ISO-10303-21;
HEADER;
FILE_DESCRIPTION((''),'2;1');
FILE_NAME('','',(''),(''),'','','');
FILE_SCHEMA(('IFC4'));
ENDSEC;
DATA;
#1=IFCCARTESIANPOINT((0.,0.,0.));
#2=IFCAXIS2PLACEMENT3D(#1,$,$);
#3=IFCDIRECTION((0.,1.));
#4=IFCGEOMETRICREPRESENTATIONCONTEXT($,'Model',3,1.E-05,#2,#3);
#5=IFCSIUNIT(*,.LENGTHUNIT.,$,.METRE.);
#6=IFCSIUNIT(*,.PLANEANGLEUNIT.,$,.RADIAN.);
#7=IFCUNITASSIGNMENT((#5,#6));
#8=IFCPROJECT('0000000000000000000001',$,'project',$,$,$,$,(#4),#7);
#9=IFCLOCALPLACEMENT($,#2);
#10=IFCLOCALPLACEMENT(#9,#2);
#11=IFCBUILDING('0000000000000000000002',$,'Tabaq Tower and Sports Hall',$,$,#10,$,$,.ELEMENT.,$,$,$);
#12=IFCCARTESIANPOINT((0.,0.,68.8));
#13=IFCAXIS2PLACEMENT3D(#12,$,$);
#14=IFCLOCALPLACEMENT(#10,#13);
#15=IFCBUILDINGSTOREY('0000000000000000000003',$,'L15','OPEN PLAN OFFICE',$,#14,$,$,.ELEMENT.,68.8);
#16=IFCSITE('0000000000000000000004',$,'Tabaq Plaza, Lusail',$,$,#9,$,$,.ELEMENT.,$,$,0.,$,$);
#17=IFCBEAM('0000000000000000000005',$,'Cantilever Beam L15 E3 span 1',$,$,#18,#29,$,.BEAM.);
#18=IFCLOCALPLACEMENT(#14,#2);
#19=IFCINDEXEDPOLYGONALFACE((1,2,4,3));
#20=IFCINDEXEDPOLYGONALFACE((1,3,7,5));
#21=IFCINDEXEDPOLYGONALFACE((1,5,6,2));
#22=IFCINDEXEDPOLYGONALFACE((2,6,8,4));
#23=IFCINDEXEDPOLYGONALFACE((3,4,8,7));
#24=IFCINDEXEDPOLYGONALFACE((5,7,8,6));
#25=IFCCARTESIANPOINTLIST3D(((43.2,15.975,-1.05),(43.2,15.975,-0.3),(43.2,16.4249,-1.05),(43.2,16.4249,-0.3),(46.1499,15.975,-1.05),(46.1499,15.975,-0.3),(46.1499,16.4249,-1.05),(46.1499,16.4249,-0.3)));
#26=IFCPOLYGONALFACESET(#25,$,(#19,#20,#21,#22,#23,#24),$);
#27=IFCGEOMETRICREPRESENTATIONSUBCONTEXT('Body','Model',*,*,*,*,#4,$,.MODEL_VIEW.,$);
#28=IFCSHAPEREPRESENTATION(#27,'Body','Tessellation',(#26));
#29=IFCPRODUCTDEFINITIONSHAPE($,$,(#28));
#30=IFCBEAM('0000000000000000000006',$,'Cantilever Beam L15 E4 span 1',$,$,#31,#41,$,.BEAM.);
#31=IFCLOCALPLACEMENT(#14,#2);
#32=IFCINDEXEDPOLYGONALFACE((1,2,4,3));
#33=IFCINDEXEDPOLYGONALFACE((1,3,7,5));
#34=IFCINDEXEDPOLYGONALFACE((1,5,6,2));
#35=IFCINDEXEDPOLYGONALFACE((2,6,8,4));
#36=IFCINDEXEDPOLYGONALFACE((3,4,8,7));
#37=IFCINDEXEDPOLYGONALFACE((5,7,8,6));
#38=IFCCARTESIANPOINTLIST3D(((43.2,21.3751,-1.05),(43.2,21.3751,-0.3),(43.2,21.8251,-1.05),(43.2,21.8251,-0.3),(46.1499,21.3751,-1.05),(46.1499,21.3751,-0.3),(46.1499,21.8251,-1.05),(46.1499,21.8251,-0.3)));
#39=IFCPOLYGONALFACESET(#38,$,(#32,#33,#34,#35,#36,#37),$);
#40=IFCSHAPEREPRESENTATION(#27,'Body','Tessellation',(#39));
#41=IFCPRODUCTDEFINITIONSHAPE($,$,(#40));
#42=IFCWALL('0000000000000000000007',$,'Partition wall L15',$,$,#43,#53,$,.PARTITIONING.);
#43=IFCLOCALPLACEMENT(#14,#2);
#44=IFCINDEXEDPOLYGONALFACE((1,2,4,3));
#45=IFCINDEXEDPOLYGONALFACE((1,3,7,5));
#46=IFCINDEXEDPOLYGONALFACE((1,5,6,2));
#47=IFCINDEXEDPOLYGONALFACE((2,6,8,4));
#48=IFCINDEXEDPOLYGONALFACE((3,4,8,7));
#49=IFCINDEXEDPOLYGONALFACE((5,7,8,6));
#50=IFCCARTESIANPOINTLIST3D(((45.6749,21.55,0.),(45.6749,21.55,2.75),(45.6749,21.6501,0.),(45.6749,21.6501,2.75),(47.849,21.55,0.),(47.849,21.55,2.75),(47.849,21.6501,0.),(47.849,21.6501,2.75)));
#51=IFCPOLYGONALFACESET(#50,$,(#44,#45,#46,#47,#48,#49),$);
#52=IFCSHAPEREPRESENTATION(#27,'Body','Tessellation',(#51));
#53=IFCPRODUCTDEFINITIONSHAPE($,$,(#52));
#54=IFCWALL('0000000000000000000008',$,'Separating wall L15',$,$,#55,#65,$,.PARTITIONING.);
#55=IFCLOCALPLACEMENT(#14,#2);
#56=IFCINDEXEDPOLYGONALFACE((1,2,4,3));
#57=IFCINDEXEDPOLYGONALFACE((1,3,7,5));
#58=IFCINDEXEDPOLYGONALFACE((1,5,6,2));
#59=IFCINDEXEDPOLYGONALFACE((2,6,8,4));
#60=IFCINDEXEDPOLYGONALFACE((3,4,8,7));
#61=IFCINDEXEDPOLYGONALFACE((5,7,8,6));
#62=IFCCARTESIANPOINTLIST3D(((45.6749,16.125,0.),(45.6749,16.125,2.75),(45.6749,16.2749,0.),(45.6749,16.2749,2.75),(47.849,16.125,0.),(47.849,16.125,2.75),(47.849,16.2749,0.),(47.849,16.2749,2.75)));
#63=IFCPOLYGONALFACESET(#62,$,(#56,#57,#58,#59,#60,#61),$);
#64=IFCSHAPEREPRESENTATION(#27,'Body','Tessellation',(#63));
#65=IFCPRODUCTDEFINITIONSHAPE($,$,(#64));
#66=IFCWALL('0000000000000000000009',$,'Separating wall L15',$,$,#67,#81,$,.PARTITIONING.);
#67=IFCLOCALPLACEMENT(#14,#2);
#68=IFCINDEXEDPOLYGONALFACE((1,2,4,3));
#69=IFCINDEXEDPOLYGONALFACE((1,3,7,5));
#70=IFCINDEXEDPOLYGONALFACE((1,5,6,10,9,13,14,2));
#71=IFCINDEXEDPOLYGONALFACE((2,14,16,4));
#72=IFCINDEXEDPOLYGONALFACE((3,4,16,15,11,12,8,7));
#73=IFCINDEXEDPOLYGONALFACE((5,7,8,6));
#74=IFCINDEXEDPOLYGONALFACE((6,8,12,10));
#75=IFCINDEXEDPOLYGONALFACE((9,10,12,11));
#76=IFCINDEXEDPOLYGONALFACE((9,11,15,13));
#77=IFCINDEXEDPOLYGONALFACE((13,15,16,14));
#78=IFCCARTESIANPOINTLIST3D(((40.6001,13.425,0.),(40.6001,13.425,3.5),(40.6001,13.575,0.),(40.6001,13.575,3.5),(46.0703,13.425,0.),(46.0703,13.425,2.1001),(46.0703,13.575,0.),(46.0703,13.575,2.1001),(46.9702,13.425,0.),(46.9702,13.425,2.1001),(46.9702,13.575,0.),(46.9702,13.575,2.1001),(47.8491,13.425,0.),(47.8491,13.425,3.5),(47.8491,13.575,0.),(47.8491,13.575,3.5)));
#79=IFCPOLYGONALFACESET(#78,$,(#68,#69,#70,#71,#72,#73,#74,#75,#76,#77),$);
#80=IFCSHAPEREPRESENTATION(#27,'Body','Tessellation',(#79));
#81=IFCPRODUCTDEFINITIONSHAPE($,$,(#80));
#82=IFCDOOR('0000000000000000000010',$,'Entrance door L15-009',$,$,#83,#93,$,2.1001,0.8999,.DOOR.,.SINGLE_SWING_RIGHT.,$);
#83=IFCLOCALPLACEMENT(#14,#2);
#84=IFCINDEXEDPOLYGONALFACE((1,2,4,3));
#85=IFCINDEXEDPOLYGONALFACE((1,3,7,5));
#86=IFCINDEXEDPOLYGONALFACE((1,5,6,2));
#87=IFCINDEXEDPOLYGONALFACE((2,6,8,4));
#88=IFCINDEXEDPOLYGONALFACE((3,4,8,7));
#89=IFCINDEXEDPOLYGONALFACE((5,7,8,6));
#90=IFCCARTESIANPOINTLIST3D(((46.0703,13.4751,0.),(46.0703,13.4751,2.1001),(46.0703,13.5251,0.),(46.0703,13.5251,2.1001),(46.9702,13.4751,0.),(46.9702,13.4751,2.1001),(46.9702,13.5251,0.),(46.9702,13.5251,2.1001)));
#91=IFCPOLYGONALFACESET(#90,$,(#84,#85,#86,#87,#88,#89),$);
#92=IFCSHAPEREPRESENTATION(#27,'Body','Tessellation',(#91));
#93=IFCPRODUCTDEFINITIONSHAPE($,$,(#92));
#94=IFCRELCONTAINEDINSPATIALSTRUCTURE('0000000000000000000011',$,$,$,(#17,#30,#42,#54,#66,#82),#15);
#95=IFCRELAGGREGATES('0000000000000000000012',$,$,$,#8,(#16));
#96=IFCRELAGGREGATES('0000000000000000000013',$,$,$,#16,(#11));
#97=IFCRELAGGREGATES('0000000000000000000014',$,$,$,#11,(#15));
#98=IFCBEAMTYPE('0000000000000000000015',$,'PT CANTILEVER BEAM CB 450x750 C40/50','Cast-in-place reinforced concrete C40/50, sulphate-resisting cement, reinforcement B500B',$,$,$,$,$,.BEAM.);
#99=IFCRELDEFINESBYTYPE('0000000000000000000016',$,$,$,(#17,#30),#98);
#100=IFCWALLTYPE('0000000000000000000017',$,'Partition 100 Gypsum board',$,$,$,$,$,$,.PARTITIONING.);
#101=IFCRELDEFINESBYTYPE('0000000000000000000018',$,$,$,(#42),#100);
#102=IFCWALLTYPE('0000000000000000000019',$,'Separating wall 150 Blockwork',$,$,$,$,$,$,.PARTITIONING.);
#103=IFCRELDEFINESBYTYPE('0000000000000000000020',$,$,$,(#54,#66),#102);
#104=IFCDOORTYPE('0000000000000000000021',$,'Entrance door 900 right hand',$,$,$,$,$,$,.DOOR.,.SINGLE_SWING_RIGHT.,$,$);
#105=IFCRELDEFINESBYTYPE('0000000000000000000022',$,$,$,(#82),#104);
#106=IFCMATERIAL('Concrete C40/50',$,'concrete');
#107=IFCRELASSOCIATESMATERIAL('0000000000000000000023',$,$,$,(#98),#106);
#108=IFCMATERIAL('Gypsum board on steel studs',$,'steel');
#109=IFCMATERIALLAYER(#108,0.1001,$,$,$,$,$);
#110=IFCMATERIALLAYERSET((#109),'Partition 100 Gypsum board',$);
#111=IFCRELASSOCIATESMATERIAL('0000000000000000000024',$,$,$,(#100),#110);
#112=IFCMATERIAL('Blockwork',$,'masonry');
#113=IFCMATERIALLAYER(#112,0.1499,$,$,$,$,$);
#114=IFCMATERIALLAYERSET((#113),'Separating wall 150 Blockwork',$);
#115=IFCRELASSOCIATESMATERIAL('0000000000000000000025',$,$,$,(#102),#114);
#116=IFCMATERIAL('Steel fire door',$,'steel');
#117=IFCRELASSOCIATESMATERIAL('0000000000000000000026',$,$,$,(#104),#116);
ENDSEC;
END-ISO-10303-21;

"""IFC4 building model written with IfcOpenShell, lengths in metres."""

from ifc_helpers import new_model, si_unit, direction, frame, frame_2d, origin, origin_2d, place, context, subcontext, project, spatial, rectangle, extrude, material, layer, layer_set, material_profile, profile_set, type_object, element, fill, save


model = new_model("IFC4")

# Units and contexts
model_context = context("Model", 3, precision=1e-05, world=origin(), true_north=direction((0.0, 1.0)))
body_context = subcontext(model_context, "Body", "Model", "MODEL_VIEW")
ifc_project = project(units=[si_unit("LENGTHUNIT", "METRE"), si_unit("PLANEANGLEUNIT", "RADIAN")], contexts=[model_context])

# Site, building, storey
site_placement = place(None, origin())
site = spatial("IfcSite", under=ifc_project, at=site_placement, Name="Tabaq Plaza, Lusail", CompositionType="ELEMENT", RefElevation=0.0)
building_placement = place(site_placement, origin())
building = spatial("IfcBuilding", under=site, at=building_placement, Name="Tabaq Tower and Sports Hall", CompositionType="ELEMENT")
storey_placement = place(building_placement, frame((0.0, 0.0, 68.8)))
storey = spatial("IfcBuildingStorey", under=building, at=storey_placement, Name="L15", Description="OPEN PLAN OFFICE", CompositionType="ELEMENT", Elevation=68.8)

# Beams
ifc_material_1 = material(Name="Concrete C40/50", Category="concrete")
ifc_material_profile = material_profile(ifc_material_1, rectangle(XDim=0.45, YDim=0.75, at=origin_2d()), Name="CB 450x750")
ifc_profile_set = profile_set([ifc_material_profile], Name="Concrete C40/50")
beam_type = type_object("IfcBeamType", Name="PT CANTILEVER BEAM CB 450x750 C40/50", Description="Cast-in-place reinforced concrete C40/50, sulphate-resisting cement, reinforcement B500B", PredefinedType="BEAM", material=ifc_profile_set)
for number, where, z_axis, x_axis, name in (
    (1, (46.1499, 16.2, -0.675), (-1.0, 0.0, 0.0), (0.0, -1.0, 0.0), "Cantilever Beam L15 E3 span 1"),
    (2, (46.1499, 21.6001, -0.675), (-1.0, 0.0, 0.0), (0.0, -1.0, 0.0), "Cantilever Beam L15 E4 span 1"),
):
    element("IfcBeam", number, at=place(storey_placement, frame(where, z_axis=z_axis, x_axis=x_axis)), inside=storey, type_object=beam_type, Name=name, PredefinedType="BEAM", context=body_context, shape_type="SweptSolid", body=[
        extrude(rectangle(XDim=0.45, YDim=0.75, at=origin_2d()), origin(), (0.0, 0.0, 1.0), 2.95),
    ])

# Walls
ifc_material_2 = material(Name="Gypsum board on steel studs", Category="steel")
ifc_layer_1 = layer(ifc_material_2, 0.1001)
ifc_layer_set_1 = layer_set([ifc_layer_1], Name="Partition 100 Gypsum board")
wall_type_1 = type_object("IfcWallType", Name="Partition 100 Gypsum board", PredefinedType="PARTITIONING", material=ifc_layer_set_1)
wall_1_placement = place(storey_placement, frame((45.675, 21.6001, 0.0), z_axis=(0.0, 0.0, 1.0), x_axis=(1.0, 0.0, 0.0)))
element("IfcWall", 3, at=wall_1_placement, inside=storey, type_object=wall_type_1, Name="Partition wall L15", PredefinedType="PARTITIONING", context=body_context, shape_type="SweptSolid", body=[
    extrude(rectangle(XDim=2.1741, YDim=0.1001, at=frame_2d((1.0869, 0.0))), origin(), (0.0, 0.0, 1.0), 2.75),
])
ifc_material_3 = material(Name="Blockwork", Category="masonry")
ifc_layer_2 = layer(ifc_material_3, 0.1499)
ifc_layer_set_2 = layer_set([ifc_layer_2], Name="Separating wall 150 Blockwork")
wall_type_2 = type_object("IfcWallType", Name="Separating wall 150 Blockwork", PredefinedType="PARTITIONING", material=ifc_layer_set_2)
wall_2_placement = place(storey_placement, frame((45.675, 16.2, 0.0), z_axis=(0.0, 0.0, 1.0), x_axis=(1.0, 0.0, 0.0)))
element("IfcWall", 4, at=wall_2_placement, inside=storey, type_object=wall_type_2, Name="Separating wall L15", PredefinedType="PARTITIONING", context=body_context, shape_type="SweptSolid", body=[
    extrude(rectangle(XDim=2.1741, YDim=0.1499, at=frame_2d((1.0869, 0.0))), origin(), (0.0, 0.0, 1.0), 2.75),
])

# Wall, opening, door
wall_3_placement = place(storey_placement, frame((47.8491, 13.5, 0.0), z_axis=(0.0, 0.0, 1.0), x_axis=(-1.0, 0.0, 0.0)))
wall_3 = element("IfcWall", 5, at=wall_3_placement, inside=storey, type_object=wall_type_2, Name="Separating wall L15", PredefinedType="PARTITIONING", context=body_context, shape_type="SweptSolid", body=[
    extrude(rectangle(XDim=7.249, YDim=0.1499, at=frame_2d((3.6245, 0.0))), origin(), (0.0, 0.0, 1.0), 3.5),
])
opening_1_placement = place(wall_3_placement, frame((0.8789, 0.0, 0.0)))
opening_1 = element("IfcOpeningElement", 6, at=opening_1_placement, cuts=wall_3, PredefinedType="OPENING", context=body_context, shape_type="SweptSolid", body=[
    extrude(rectangle(XDim=0.8999, YDim=2.1001, at=frame_2d((0.45, 1.05))), frame((0.0, 0.075, 0.0), z_axis=(0.0, -1.0, 0.0), x_axis=(1.0, 0.0, 0.0)), (0.0, 0.0, 1.0), 0.1499),
])
ifc_material_4 = material(Name="Steel fire door", Category="steel")
door_type_1 = type_object("IfcDoorType", Name="Entrance door 900 right hand", OperationType="SINGLE_SWING_RIGHT", PredefinedType="DOOR", material=ifc_material_4)
door_1_placement = place(opening_1_placement, origin())
door_1 = element("IfcDoor", 7, at=door_1_placement, inside=storey, type_object=door_type_1, Name="Entrance door L15-009", OperationType="SINGLE_SWING_RIGHT", OverallHeight=2.1001, OverallWidth=0.8999, PredefinedType="DOOR", context=body_context, shape_type="SweptSolid", body=[
    extrude(rectangle(XDim=0.8999, YDim=2.1001, at=frame_2d((0.45, 1.05))), frame((0.0, 0.0249, 0.0), z_axis=(0.0, -1.0, 0.0), x_axis=(1.0, 0.0, 0.0)), (0.0, 0.0, 1.0), 0.05),
])
fill(opening_1, door_1)

save(model, "model.ifc")
